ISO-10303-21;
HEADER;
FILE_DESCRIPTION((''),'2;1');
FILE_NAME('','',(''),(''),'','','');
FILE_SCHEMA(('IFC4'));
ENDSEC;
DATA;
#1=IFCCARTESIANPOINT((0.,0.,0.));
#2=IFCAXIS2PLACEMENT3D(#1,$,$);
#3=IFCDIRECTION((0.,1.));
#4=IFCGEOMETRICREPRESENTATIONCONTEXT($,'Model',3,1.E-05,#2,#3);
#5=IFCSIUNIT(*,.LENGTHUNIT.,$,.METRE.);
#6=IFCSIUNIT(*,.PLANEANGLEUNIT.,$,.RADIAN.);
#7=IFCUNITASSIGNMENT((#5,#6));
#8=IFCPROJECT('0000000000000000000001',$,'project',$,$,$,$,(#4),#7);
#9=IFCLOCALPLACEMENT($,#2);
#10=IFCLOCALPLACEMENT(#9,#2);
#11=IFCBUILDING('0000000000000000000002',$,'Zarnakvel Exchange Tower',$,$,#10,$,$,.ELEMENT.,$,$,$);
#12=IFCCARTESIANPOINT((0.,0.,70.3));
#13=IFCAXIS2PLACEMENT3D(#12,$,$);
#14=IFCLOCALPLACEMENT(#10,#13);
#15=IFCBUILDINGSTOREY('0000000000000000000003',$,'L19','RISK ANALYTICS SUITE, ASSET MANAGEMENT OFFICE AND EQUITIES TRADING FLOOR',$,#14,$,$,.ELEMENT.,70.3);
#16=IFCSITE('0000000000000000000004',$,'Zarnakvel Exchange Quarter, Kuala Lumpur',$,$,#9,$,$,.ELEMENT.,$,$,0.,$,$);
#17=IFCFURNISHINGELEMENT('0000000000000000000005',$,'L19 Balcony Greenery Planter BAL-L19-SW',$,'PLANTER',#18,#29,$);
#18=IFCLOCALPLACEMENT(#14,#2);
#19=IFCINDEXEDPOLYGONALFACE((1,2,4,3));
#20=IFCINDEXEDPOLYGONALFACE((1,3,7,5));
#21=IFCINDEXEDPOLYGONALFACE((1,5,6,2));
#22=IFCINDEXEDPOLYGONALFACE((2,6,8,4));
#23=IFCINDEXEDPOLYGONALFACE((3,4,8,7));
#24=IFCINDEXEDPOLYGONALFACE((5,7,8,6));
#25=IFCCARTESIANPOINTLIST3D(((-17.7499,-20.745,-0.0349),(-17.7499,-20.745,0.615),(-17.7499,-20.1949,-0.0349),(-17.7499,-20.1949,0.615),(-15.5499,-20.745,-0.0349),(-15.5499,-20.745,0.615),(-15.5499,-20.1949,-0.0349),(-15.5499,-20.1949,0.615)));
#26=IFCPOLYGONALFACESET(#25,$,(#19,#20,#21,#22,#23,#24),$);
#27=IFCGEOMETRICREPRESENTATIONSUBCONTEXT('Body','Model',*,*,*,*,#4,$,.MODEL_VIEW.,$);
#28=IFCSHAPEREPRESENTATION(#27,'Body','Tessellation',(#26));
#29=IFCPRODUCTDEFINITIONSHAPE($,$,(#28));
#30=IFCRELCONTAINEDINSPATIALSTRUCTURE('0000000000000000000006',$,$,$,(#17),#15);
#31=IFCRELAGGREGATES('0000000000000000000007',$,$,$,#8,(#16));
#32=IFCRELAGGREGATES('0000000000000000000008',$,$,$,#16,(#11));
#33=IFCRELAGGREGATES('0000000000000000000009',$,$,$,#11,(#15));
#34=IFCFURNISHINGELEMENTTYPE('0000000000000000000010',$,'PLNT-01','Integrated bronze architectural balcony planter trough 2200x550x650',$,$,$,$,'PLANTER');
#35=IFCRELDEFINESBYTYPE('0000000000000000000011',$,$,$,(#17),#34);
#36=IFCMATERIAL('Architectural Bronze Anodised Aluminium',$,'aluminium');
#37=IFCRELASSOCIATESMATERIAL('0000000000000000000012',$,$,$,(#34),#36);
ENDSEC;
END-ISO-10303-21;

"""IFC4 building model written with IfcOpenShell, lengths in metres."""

from ifc_helpers import new_model, si_unit, direction, frame, origin, origin_2d, place, context, subcontext, project, spatial, rectangle, extrude, source, transform, mapped, material, type_object, element, save


model = new_model("IFC4")

# Units and contexts
model_context = context("Model", 3, precision=1e-05, world=origin(), true_north=direction((0.0, 1.0)))
body_context = subcontext(model_context, "Body", "Model", "MODEL_VIEW")
ifc_project = project(units=[si_unit("LENGTHUNIT", "METRE"), si_unit("PLANEANGLEUNIT", "RADIAN")], contexts=[model_context])

# Site, building, storey
site_placement = place(None, origin())
site = spatial("IfcSite", under=ifc_project, at=site_placement, Name="Zarnakvel Exchange Quarter, Kuala Lumpur", CompositionType="ELEMENT", RefElevation=0.0)
building_placement = place(site_placement, origin())
building = spatial("IfcBuilding", under=site, at=building_placement, Name="Zarnakvel Exchange Tower", CompositionType="ELEMENT")
storey_placement = place(building_placement, frame((0.0, 0.0, 70.3)))
storey = spatial("IfcBuildingStorey", under=building, at=storey_placement, Name="L19", Description="RISK ANALYTICS SUITE, ASSET MANAGEMENT OFFICE AND EQUITIES TRADING FLOOR", CompositionType="ELEMENT", Elevation=70.3)

# Shared definitions
ifc_material_1 = material(Name="Architectural Bronze Anodised Aluminium", Category="aluminium")

# Furnishing element
furnishing_element_type = type_object("IfcFurnishingElementType", Name="PLNT-01", Description="Integrated bronze architectural balcony planter trough 2200x550x650", ElementType="PLANTER", material=ifc_material_1)
shared_shape_1 = source(origin(), body_context, "Body", "SweptSolid", [
    extrude(rectangle(XDim=2.2, YDim=0.55, at=origin_2d()), origin(), (0.0, 0.0, 1.0), 0.6499),
])
furnishing_placement = place(storey_placement, frame((-16.6499, -20.47, -0.0349), z_axis=(0.0, 0.0, 1.0), x_axis=(1.0, 0.0, 0.0)))
element("IfcFurnishingElement", 1, at=furnishing_placement, inside=storey, type_object=furnishing_element_type, Name="L19 Balcony Greenery Planter BAL-L19-SW", ObjectType="PLANTER", context=body_context, shape_type="MappedRepresentation", body=[
    mapped(shared_shape_1, transform((0.0, 0.0, 0.0), x_axis=(1.0, 0.0, 0.0), y_axis=(0.0, 1.0, 0.0), z_axis=(0.0, 0.0, 1.0), scale=1.0)),
])

save(model, "model.ifc")
